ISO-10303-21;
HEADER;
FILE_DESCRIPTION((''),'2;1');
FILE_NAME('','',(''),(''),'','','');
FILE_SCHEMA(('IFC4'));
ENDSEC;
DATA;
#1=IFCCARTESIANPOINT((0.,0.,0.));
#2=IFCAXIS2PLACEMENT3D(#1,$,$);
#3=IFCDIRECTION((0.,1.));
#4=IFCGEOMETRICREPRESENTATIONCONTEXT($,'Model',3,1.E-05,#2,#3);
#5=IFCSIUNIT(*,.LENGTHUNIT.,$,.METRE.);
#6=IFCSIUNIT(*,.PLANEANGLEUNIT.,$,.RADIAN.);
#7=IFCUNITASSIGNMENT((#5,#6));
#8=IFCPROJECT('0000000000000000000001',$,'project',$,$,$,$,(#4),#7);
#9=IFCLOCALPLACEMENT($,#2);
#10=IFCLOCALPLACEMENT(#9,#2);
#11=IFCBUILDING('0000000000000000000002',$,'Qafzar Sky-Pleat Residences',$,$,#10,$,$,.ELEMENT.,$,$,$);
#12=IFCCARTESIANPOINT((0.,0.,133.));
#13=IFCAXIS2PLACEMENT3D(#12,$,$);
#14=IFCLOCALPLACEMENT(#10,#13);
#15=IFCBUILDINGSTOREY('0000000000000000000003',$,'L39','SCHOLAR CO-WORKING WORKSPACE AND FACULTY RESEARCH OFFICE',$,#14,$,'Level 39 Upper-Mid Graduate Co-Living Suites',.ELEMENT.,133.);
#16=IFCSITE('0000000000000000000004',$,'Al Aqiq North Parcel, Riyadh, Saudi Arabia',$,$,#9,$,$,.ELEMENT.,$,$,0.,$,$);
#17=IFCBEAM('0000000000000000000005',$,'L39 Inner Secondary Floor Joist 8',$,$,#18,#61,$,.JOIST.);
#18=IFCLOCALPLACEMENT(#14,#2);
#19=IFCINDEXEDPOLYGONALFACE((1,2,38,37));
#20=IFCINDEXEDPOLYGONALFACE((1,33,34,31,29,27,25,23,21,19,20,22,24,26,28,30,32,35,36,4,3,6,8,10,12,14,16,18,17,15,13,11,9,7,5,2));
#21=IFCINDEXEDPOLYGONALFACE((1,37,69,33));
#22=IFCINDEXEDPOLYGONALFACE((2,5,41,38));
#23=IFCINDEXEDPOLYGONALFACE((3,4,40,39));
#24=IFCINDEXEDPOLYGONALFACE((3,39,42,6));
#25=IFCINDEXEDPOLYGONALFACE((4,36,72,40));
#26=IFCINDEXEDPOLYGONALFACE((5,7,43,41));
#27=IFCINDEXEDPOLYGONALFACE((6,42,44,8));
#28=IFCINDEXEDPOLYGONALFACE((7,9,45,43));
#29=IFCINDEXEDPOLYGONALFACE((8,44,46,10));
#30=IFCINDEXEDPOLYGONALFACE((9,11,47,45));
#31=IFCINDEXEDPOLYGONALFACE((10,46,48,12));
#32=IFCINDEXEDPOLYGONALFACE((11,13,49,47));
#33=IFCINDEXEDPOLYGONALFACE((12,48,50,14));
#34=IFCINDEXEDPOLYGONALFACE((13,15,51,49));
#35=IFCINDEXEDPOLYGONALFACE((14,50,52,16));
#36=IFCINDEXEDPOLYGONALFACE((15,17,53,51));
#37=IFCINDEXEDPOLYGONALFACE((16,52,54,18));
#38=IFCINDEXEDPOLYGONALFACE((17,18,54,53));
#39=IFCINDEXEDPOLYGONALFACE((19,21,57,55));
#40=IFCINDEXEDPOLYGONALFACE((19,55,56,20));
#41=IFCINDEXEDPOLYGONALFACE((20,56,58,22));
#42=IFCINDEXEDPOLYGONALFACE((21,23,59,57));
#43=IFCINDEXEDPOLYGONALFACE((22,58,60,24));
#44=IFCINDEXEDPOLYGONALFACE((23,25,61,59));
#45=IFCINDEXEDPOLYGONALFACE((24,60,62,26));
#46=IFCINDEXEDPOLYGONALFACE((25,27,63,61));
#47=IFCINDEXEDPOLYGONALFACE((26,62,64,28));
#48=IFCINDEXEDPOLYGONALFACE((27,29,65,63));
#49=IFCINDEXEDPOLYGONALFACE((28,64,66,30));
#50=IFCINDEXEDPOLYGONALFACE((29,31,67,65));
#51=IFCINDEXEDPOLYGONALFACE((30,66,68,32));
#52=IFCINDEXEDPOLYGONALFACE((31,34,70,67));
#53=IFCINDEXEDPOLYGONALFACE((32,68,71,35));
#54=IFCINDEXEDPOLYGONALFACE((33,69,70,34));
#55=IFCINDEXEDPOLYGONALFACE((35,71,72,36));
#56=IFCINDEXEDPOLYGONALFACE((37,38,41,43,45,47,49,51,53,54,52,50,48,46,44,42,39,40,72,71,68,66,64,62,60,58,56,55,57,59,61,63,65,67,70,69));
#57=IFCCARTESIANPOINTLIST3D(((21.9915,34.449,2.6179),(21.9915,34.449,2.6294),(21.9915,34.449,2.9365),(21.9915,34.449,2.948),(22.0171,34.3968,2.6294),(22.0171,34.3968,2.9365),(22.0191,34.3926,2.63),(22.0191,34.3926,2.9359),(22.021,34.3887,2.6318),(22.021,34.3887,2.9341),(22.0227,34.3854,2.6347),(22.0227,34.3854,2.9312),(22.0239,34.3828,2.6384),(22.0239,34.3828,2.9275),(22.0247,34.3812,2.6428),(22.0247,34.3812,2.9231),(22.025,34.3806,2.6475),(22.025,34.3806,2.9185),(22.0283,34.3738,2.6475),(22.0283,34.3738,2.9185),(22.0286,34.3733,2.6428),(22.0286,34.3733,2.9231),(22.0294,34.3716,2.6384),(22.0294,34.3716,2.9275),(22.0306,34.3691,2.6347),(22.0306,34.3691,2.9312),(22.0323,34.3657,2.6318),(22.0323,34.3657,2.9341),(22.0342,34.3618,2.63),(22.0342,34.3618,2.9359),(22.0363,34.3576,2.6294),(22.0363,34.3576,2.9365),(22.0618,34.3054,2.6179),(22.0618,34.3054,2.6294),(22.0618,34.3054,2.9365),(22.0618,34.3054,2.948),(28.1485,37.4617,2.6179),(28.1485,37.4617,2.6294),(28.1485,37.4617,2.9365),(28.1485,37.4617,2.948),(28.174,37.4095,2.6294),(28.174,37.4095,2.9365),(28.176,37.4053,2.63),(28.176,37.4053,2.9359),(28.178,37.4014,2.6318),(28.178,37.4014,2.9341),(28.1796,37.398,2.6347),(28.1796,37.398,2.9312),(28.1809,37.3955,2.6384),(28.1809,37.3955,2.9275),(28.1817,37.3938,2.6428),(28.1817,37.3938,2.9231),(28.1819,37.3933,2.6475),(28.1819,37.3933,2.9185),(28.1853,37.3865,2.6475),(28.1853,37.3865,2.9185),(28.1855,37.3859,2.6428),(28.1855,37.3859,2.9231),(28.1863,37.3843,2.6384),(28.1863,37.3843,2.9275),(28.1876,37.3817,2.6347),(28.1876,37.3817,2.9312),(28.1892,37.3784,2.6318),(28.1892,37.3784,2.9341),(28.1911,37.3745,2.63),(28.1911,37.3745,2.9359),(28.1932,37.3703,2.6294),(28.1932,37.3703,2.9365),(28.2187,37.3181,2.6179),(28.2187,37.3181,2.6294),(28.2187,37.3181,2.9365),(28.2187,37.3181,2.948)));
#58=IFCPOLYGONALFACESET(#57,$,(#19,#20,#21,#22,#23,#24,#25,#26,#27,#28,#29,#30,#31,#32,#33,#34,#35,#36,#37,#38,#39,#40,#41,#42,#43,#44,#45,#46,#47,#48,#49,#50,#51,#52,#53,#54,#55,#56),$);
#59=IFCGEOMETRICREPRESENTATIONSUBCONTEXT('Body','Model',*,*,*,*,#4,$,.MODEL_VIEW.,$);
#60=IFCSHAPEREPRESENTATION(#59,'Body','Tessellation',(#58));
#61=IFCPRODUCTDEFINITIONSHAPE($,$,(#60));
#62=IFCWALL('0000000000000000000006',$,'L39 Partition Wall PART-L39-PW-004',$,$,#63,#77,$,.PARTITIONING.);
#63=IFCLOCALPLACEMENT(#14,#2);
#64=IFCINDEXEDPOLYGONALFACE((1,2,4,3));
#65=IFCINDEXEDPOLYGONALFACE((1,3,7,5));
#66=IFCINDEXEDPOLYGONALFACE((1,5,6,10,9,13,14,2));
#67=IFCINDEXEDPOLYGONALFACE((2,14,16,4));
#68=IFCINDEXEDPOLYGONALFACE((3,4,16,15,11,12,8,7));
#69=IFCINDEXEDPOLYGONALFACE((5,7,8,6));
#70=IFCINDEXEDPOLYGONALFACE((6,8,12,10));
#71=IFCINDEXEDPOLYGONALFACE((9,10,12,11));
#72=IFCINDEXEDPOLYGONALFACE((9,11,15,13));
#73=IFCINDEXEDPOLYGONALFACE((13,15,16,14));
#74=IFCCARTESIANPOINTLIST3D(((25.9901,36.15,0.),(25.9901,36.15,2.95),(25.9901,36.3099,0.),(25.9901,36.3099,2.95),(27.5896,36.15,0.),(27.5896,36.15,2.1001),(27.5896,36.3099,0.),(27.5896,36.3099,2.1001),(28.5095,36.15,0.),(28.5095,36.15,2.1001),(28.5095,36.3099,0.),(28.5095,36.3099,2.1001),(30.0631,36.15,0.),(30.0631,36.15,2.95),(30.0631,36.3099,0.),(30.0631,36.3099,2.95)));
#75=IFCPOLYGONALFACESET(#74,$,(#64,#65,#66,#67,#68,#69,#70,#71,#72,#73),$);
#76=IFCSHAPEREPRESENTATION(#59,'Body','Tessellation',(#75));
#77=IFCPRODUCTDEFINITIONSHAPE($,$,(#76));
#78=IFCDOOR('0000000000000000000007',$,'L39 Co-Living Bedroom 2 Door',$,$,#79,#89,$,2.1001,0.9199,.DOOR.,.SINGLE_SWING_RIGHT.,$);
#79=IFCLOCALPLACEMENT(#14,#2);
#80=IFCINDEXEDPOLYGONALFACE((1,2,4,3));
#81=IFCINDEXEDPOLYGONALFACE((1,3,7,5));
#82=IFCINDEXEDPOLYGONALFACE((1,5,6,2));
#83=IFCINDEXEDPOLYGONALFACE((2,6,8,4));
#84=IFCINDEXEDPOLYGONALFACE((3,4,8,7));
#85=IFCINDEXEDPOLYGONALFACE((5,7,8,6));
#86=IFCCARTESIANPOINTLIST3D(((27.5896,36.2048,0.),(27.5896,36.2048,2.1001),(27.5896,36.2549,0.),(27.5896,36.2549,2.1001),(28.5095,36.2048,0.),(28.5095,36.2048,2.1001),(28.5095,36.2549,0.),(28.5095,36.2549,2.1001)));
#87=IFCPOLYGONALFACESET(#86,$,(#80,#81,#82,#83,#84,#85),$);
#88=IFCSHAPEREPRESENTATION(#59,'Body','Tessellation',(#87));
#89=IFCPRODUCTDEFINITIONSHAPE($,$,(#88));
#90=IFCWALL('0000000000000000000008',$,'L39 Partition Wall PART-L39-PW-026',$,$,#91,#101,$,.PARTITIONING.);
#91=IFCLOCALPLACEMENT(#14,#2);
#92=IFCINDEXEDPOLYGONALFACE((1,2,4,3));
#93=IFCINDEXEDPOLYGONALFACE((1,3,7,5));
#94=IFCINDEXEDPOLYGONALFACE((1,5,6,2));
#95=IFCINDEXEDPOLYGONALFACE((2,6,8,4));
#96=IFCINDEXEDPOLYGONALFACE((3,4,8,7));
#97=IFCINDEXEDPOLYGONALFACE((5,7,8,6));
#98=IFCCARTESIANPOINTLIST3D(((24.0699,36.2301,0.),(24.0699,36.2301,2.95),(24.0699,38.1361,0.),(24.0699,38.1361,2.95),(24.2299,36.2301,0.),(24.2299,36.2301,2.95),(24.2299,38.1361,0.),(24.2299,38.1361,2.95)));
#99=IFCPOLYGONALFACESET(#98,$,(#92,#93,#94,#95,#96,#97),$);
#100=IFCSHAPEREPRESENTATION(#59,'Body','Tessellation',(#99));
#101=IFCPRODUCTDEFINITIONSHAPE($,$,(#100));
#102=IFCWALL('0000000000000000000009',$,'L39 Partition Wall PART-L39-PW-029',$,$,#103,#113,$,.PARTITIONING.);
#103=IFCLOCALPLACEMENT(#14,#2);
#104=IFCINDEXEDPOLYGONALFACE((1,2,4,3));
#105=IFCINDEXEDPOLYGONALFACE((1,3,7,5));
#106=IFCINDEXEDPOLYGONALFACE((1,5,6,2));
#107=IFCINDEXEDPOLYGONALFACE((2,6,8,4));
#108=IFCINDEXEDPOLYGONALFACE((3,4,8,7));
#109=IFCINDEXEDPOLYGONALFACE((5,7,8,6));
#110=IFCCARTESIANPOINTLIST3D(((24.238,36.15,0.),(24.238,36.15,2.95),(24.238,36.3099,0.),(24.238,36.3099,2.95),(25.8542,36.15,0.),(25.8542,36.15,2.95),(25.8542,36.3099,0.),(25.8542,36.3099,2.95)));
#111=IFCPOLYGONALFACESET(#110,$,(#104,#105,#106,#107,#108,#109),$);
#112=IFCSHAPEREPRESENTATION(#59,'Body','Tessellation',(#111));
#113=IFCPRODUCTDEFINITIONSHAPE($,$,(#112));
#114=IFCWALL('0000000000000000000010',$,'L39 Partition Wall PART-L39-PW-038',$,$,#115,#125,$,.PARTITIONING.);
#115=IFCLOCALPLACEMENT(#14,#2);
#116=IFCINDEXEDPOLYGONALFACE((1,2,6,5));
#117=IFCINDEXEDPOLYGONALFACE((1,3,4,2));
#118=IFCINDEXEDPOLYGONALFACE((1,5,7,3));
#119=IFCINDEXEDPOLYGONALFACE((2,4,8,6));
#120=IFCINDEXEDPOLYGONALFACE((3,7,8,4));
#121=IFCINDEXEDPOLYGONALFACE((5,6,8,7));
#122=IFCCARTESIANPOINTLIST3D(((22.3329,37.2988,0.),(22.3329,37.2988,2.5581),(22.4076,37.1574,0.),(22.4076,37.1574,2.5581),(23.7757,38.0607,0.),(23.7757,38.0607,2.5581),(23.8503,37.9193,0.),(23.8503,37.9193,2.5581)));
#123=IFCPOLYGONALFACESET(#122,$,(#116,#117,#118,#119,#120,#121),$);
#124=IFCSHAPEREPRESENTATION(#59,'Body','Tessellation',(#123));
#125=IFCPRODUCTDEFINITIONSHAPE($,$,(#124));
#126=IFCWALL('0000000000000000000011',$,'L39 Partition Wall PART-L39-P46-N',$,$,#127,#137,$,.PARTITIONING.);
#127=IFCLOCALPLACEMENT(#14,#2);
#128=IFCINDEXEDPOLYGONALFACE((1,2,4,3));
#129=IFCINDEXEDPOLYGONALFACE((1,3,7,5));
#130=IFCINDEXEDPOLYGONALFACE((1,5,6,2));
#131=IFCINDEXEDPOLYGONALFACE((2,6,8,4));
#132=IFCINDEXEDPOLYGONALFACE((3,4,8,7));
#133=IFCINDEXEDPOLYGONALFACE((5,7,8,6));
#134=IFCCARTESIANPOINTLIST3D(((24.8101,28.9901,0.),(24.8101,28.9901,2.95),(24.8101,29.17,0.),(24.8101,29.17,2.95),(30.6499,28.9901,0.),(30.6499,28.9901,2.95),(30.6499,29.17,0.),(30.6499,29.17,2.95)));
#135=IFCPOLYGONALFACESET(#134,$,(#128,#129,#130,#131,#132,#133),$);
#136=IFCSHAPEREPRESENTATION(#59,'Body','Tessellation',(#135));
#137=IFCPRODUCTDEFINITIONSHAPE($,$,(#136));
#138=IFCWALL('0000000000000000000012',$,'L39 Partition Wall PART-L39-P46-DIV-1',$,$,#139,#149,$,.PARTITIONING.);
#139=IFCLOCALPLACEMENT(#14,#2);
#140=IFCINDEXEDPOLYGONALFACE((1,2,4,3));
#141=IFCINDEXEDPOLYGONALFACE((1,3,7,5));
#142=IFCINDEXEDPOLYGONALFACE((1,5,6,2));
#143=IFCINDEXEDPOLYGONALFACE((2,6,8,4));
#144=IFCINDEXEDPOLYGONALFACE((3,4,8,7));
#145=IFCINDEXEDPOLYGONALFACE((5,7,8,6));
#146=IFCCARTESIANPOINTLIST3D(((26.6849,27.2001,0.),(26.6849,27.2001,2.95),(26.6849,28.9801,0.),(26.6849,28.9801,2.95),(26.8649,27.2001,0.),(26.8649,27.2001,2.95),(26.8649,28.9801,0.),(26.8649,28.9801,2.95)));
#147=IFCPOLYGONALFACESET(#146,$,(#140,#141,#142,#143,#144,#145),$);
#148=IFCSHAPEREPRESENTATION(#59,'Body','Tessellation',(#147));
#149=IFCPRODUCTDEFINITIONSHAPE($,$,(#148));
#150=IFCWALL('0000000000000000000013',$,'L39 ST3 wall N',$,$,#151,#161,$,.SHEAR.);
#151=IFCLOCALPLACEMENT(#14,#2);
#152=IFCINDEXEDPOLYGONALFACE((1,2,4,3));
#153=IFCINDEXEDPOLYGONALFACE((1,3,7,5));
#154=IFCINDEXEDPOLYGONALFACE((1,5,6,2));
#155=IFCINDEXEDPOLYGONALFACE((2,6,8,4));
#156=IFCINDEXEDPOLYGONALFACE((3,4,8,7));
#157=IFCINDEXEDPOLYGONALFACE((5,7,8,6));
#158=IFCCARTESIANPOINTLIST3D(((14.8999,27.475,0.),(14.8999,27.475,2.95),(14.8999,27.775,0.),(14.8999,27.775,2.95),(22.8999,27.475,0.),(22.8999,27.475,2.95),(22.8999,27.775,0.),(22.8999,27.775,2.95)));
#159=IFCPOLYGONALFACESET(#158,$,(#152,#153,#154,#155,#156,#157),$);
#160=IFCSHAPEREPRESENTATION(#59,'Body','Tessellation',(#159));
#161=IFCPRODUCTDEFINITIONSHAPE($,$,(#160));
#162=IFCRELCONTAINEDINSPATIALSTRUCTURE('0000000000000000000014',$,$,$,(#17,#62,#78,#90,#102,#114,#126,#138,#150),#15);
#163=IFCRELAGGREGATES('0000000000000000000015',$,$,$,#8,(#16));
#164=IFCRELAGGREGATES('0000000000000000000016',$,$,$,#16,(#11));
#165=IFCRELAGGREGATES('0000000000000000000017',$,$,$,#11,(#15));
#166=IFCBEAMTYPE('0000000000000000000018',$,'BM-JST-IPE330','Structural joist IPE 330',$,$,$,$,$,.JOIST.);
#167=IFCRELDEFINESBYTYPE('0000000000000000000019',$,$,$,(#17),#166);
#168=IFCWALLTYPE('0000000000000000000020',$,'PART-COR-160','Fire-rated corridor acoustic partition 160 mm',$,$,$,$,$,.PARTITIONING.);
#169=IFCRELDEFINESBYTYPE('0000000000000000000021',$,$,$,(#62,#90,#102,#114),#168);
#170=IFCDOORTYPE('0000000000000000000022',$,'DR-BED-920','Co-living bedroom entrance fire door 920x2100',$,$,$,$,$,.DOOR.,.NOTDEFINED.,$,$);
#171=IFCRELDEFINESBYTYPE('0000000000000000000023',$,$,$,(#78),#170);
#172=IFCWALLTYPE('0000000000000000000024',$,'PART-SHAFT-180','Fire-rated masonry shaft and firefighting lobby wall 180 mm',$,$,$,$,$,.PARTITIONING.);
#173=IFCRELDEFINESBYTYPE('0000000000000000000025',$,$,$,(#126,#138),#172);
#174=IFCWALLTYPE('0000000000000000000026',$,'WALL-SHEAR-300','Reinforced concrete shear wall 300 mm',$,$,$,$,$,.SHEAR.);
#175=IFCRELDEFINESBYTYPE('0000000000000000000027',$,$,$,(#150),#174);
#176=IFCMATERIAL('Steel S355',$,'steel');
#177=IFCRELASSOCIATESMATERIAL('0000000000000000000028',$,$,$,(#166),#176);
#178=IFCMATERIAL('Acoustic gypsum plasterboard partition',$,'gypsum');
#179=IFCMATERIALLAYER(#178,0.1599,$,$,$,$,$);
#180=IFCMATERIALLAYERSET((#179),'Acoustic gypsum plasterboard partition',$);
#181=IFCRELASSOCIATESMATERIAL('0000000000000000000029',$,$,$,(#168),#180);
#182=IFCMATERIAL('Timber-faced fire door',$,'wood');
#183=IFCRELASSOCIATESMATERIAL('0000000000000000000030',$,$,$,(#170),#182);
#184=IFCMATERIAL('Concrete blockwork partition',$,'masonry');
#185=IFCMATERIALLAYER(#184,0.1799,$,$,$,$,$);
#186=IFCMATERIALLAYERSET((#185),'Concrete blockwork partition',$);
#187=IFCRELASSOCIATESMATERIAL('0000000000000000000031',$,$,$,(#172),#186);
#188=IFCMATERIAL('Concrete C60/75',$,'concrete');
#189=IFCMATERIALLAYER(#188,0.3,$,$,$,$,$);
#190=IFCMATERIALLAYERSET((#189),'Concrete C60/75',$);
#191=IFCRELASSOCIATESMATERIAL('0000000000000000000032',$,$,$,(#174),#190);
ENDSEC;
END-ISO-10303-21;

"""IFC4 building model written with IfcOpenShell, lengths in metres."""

from ifc_helpers import new_model, si_unit, direction, frame, frame_2d, origin, origin_2d, place, context, subcontext, project, spatial, rectangle, i_section, extrude, source, transform, mapped, material, layer, layer_set, material_profile, profile_set, type_object, element, fill, save


model = new_model("IFC4")

# Units and contexts
model_context = context("Model", 3, precision=1e-05, world=origin(), true_north=direction((0.0, 1.0)))
body_context = subcontext(model_context, "Body", "Model", "MODEL_VIEW")
ifc_project = project(units=[si_unit("LENGTHUNIT", "METRE"), si_unit("PLANEANGLEUNIT", "RADIAN")], contexts=[model_context])

# Site, building, storey
site_placement = place(None, origin())
site = spatial("IfcSite", under=ifc_project, at=site_placement, Name="Al Aqiq North Parcel, Riyadh, Saudi Arabia", CompositionType="ELEMENT", RefElevation=0.0)
building_placement = place(site_placement, origin())
building = spatial("IfcBuilding", under=site, at=building_placement, Name="Qafzar Sky-Pleat Residences", CompositionType="ELEMENT")
storey_placement = place(building_placement, frame((0.0, 0.0, 133.0)))
storey = spatial("IfcBuildingStorey", under=building, at=storey_placement, Name="L39", Description="SCHOLAR CO-WORKING WORKSPACE AND FACULTY RESEARCH OFFICE", LongName="Level 39 Upper-Mid Graduate Co-Living Suites", CompositionType="ELEMENT", Elevation=133.0)

# Beam
ifc_material_1 = material(Name="Steel S355", Category="steel")
ifc_material_profile = material_profile(ifc_material_1, i_section(OverallWidth=0.1599, OverallDepth=0.3301, WebThickness=0.0076, FlangeThickness=0.0115, FilletRadius=0.0181, at=origin_2d()), Name="IPE 330")
ifc_profile_set = profile_set([ifc_material_profile], Name="Steel S355")
beam_type = type_object("IfcBeamType", Name="BM-JST-IPE330", Description="Structural joist IPE 330", PredefinedType="JOIST", material=ifc_profile_set)
shared_shape_1 = source(origin(), body_context, "Body", "SweptSolid", [
    extrude(i_section(OverallWidth=0.1599, OverallDepth=0.3301, WebThickness=0.0076, FlangeThickness=0.0115, FilletRadius=0.0181, at=origin_2d()), origin(), (0.0, 0.0, 1.0), 6.8545),
])
beam_placement = place(storey_placement, frame((28.1836, 37.3899, 2.783), z_axis=(-0.898234, -0.439518, 0.0), x_axis=(0.439518, -0.898234, 0.0)))
element("IfcBeam", 1, at=beam_placement, inside=storey, type_object=beam_type, Name="L39 Inner Secondary Floor Joist 8", PredefinedType="JOIST", context=body_context, shape_type="MappedRepresentation", body=[
    mapped(shared_shape_1, transform((0.0, 0.0, 0.0), x_axis=(1.0, 0.0, 0.0), y_axis=(0.0, 1.0, 0.0), z_axis=(0.0, 0.0, 1.0), scale=1.0)),
])

# Wall, opening, door
ifc_material_2 = material(Name="Acoustic gypsum plasterboard partition", Category="gypsum")
ifc_layer_1 = layer(ifc_material_2, 0.1599)
ifc_layer_set_1 = layer_set([ifc_layer_1], Name="Acoustic gypsum plasterboard partition")
wall_type_1 = type_object("IfcWallType", Name="PART-COR-160", Description="Fire-rated corridor acoustic partition 160 mm", PredefinedType="PARTITIONING", material=ifc_layer_set_1)
wall_1_placement = place(storey_placement, frame((25.99, 36.23, 0.0), z_axis=(0.0, 0.0, 1.0), x_axis=(1.0, 0.0, 0.0)))
wall_1 = element("IfcWall", 2, at=wall_1_placement, inside=storey, type_object=wall_type_1, Name="L39 Partition Wall PART-L39-PW-004", PredefinedType="PARTITIONING", context=body_context, shape_type="SweptSolid", body=[
    extrude(rectangle(XDim=4.073, YDim=0.1599, at=frame_2d((2.0366, 0.0))), origin(), (0.0, 0.0, 1.0), 2.95),
])
opening_1_placement = place(wall_1_placement, frame((1.5996, 0.0, 0.0)))
opening_1 = element("IfcOpeningElement", 3, at=opening_1_placement, cuts=wall_1, PredefinedType="OPENING", context=body_context, shape_type="SweptSolid", body=[
    extrude(rectangle(XDim=0.9199, YDim=2.1001, at=frame_2d((0.46, 1.05))), frame((0.0, 0.0898, 0.0), z_axis=(0.0, -1.0, 0.0), x_axis=(1.0, 0.0, 0.0)), (0.0, 0.0, 1.0), 0.1799),
])
ifc_material_3 = material(Name="Timber-faced fire door", Category="wood")
door_type_1 = type_object("IfcDoorType", Name="DR-BED-920", Description="Co-living bedroom entrance fire door 920x2100", OperationType="NOTDEFINED", PredefinedType="DOOR", material=ifc_material_3)
shared_shape_2 = source(origin(), body_context, "Body", "SweptSolid", [
    extrude(rectangle(XDim=0.9199, YDim=2.1001, at=frame_2d((0.46, 1.05))), frame((0.0, 0.0249, 0.0), z_axis=(0.0, -1.0, 0.0), x_axis=(1.0, 0.0, 0.0)), (0.0, 0.0, 1.0), 0.05),
])
door_1_placement = place(opening_1_placement, origin())
door_1 = element("IfcDoor", 4, at=door_1_placement, inside=storey, type_object=door_type_1, Name="L39 Co-Living Bedroom 2 Door", OperationType="SINGLE_SWING_RIGHT", OverallHeight=2.1001, OverallWidth=0.9199, PredefinedType="DOOR", context=body_context, shape_type="MappedRepresentation", body=[
    mapped(shared_shape_2, transform((0.0, 0.0, 0.0), x_axis=(1.0, 0.0, 0.0), y_axis=(0.0, 1.0, 0.0), z_axis=(0.0, 0.0, 1.0), scale=1.0)),
])
fill(opening_1, door_1)

# Walls
wall_2_placement = place(storey_placement, frame((24.1499, 36.23, 0.0), z_axis=(0.0, 0.0, 1.0), x_axis=(0.0, 1.0, 0.0)))
element("IfcWall", 5, at=wall_2_placement, inside=storey, type_object=wall_type_1, Name="L39 Partition Wall PART-L39-PW-026", PredefinedType="PARTITIONING", context=body_context, shape_type="SweptSolid", body=[
    extrude(rectangle(XDim=1.906, YDim=0.1599, at=frame_2d((0.9531, 0.0))), origin(), (0.0, 0.0, 1.0), 2.95),
])
wall_3_placement = place(storey_placement, frame((24.238, 36.23, 0.0), z_axis=(0.0, 0.0, 1.0), x_axis=(1.0, 0.0, 0.0)))
element("IfcWall", 6, at=wall_3_placement, inside=storey, type_object=wall_type_1, Name="L39 Partition Wall PART-L39-PW-029", PredefinedType="PARTITIONING", context=body_context, shape_type="SweptSolid", body=[
    extrude(rectangle(XDim=1.6162, YDim=0.1599, at=frame_2d((0.8081, 0.0))), origin(), (0.0, 0.0, 1.0), 2.95),
])
wall_4_placement = place(storey_placement, frame((22.3701, 37.228, 0.0), z_axis=(0.0, 0.0, 1.0), x_axis=(0.884271, 0.466973, 0.0)))
element("IfcWall", 7, at=wall_4_placement, inside=storey, type_object=wall_type_1, Name="L39 Partition Wall PART-L39-PW-038", PredefinedType="PARTITIONING", context=body_context, shape_type="SweptSolid", body=[
    extrude(rectangle(XDim=1.6316, YDim=0.1599, at=frame_2d((0.8159, 0.0))), origin(), (0.0, 0.0, 1.0), 2.5581),
])
ifc_material_4 = material(Name="Concrete blockwork partition", Category="masonry")
ifc_layer_2 = layer(ifc_material_4, 0.1799)
ifc_layer_set_2 = layer_set([ifc_layer_2], Name="Concrete blockwork partition")
wall_type_2 = type_object("IfcWallType", Name="PART-SHAFT-180", Description="Fire-rated masonry shaft and firefighting lobby wall 180 mm", PredefinedType="PARTITIONING", material=ifc_layer_set_2)
wall_5_placement = place(storey_placement, frame((24.8101, 29.0801, 0.0), z_axis=(0.0, 0.0, 1.0), x_axis=(1.0, 0.0, 0.0)))
element("IfcWall", 8, at=wall_5_placement, inside=storey, type_object=wall_type_2, Name="L39 Partition Wall PART-L39-P46-N", PredefinedType="PARTITIONING", context=body_context, shape_type="SweptSolid", body=[
    extrude(rectangle(XDim=5.8398, YDim=0.1799, at=frame_2d((2.9199, 0.0))), origin(), (0.0, 0.0, 1.0), 2.95),
])

# Wall
wall_6_placement = place(storey_placement, frame((26.7749, 27.2, 0.0), z_axis=(0.0, 0.0, 1.0), x_axis=(0.0, 1.0, 0.0)))
element("IfcWall", 9, at=wall_6_placement, inside=storey, type_object=wall_type_2, Name="L39 Partition Wall PART-L39-P46-DIV-1", PredefinedType="PARTITIONING", context=body_context, shape_type="SweptSolid", body=[
    extrude(rectangle(XDim=1.78, YDim=0.1799, at=frame_2d((0.8901, 0.0))), origin(), (0.0, 0.0, 1.0), 2.95),
])

# Shared definitions
ifc_material_5 = material(Name="Concrete C60/75", Category="concrete")
ifc_layer_3 = layer(ifc_material_5, 0.3)
ifc_layer_set_3 = layer_set([ifc_layer_3], Name="Concrete C60/75")
wall_type_3 = type_object("IfcWallType", Name="WALL-SHEAR-300", Description="Reinforced concrete shear wall 300 mm", PredefinedType="SHEAR", material=ifc_layer_set_3)

# Wall
wall_7_placement = place(storey_placement, frame((22.8999, 27.625, 0.0), z_axis=(0.0, 0.0, 1.0), x_axis=(-1.0, 0.0, 0.0)))
element("IfcWall", 10, at=wall_7_placement, inside=storey, type_object=wall_type_3, Name="L39 ST3 wall N", PredefinedType="SHEAR", context=body_context, shape_type="SweptSolid", body=[
    extrude(rectangle(XDim=8.0, YDim=0.3, at=frame_2d((4.0, 0.0))), origin(), (0.0, 0.0, 1.0), 2.95),
])

save(model, "model.ifc")
